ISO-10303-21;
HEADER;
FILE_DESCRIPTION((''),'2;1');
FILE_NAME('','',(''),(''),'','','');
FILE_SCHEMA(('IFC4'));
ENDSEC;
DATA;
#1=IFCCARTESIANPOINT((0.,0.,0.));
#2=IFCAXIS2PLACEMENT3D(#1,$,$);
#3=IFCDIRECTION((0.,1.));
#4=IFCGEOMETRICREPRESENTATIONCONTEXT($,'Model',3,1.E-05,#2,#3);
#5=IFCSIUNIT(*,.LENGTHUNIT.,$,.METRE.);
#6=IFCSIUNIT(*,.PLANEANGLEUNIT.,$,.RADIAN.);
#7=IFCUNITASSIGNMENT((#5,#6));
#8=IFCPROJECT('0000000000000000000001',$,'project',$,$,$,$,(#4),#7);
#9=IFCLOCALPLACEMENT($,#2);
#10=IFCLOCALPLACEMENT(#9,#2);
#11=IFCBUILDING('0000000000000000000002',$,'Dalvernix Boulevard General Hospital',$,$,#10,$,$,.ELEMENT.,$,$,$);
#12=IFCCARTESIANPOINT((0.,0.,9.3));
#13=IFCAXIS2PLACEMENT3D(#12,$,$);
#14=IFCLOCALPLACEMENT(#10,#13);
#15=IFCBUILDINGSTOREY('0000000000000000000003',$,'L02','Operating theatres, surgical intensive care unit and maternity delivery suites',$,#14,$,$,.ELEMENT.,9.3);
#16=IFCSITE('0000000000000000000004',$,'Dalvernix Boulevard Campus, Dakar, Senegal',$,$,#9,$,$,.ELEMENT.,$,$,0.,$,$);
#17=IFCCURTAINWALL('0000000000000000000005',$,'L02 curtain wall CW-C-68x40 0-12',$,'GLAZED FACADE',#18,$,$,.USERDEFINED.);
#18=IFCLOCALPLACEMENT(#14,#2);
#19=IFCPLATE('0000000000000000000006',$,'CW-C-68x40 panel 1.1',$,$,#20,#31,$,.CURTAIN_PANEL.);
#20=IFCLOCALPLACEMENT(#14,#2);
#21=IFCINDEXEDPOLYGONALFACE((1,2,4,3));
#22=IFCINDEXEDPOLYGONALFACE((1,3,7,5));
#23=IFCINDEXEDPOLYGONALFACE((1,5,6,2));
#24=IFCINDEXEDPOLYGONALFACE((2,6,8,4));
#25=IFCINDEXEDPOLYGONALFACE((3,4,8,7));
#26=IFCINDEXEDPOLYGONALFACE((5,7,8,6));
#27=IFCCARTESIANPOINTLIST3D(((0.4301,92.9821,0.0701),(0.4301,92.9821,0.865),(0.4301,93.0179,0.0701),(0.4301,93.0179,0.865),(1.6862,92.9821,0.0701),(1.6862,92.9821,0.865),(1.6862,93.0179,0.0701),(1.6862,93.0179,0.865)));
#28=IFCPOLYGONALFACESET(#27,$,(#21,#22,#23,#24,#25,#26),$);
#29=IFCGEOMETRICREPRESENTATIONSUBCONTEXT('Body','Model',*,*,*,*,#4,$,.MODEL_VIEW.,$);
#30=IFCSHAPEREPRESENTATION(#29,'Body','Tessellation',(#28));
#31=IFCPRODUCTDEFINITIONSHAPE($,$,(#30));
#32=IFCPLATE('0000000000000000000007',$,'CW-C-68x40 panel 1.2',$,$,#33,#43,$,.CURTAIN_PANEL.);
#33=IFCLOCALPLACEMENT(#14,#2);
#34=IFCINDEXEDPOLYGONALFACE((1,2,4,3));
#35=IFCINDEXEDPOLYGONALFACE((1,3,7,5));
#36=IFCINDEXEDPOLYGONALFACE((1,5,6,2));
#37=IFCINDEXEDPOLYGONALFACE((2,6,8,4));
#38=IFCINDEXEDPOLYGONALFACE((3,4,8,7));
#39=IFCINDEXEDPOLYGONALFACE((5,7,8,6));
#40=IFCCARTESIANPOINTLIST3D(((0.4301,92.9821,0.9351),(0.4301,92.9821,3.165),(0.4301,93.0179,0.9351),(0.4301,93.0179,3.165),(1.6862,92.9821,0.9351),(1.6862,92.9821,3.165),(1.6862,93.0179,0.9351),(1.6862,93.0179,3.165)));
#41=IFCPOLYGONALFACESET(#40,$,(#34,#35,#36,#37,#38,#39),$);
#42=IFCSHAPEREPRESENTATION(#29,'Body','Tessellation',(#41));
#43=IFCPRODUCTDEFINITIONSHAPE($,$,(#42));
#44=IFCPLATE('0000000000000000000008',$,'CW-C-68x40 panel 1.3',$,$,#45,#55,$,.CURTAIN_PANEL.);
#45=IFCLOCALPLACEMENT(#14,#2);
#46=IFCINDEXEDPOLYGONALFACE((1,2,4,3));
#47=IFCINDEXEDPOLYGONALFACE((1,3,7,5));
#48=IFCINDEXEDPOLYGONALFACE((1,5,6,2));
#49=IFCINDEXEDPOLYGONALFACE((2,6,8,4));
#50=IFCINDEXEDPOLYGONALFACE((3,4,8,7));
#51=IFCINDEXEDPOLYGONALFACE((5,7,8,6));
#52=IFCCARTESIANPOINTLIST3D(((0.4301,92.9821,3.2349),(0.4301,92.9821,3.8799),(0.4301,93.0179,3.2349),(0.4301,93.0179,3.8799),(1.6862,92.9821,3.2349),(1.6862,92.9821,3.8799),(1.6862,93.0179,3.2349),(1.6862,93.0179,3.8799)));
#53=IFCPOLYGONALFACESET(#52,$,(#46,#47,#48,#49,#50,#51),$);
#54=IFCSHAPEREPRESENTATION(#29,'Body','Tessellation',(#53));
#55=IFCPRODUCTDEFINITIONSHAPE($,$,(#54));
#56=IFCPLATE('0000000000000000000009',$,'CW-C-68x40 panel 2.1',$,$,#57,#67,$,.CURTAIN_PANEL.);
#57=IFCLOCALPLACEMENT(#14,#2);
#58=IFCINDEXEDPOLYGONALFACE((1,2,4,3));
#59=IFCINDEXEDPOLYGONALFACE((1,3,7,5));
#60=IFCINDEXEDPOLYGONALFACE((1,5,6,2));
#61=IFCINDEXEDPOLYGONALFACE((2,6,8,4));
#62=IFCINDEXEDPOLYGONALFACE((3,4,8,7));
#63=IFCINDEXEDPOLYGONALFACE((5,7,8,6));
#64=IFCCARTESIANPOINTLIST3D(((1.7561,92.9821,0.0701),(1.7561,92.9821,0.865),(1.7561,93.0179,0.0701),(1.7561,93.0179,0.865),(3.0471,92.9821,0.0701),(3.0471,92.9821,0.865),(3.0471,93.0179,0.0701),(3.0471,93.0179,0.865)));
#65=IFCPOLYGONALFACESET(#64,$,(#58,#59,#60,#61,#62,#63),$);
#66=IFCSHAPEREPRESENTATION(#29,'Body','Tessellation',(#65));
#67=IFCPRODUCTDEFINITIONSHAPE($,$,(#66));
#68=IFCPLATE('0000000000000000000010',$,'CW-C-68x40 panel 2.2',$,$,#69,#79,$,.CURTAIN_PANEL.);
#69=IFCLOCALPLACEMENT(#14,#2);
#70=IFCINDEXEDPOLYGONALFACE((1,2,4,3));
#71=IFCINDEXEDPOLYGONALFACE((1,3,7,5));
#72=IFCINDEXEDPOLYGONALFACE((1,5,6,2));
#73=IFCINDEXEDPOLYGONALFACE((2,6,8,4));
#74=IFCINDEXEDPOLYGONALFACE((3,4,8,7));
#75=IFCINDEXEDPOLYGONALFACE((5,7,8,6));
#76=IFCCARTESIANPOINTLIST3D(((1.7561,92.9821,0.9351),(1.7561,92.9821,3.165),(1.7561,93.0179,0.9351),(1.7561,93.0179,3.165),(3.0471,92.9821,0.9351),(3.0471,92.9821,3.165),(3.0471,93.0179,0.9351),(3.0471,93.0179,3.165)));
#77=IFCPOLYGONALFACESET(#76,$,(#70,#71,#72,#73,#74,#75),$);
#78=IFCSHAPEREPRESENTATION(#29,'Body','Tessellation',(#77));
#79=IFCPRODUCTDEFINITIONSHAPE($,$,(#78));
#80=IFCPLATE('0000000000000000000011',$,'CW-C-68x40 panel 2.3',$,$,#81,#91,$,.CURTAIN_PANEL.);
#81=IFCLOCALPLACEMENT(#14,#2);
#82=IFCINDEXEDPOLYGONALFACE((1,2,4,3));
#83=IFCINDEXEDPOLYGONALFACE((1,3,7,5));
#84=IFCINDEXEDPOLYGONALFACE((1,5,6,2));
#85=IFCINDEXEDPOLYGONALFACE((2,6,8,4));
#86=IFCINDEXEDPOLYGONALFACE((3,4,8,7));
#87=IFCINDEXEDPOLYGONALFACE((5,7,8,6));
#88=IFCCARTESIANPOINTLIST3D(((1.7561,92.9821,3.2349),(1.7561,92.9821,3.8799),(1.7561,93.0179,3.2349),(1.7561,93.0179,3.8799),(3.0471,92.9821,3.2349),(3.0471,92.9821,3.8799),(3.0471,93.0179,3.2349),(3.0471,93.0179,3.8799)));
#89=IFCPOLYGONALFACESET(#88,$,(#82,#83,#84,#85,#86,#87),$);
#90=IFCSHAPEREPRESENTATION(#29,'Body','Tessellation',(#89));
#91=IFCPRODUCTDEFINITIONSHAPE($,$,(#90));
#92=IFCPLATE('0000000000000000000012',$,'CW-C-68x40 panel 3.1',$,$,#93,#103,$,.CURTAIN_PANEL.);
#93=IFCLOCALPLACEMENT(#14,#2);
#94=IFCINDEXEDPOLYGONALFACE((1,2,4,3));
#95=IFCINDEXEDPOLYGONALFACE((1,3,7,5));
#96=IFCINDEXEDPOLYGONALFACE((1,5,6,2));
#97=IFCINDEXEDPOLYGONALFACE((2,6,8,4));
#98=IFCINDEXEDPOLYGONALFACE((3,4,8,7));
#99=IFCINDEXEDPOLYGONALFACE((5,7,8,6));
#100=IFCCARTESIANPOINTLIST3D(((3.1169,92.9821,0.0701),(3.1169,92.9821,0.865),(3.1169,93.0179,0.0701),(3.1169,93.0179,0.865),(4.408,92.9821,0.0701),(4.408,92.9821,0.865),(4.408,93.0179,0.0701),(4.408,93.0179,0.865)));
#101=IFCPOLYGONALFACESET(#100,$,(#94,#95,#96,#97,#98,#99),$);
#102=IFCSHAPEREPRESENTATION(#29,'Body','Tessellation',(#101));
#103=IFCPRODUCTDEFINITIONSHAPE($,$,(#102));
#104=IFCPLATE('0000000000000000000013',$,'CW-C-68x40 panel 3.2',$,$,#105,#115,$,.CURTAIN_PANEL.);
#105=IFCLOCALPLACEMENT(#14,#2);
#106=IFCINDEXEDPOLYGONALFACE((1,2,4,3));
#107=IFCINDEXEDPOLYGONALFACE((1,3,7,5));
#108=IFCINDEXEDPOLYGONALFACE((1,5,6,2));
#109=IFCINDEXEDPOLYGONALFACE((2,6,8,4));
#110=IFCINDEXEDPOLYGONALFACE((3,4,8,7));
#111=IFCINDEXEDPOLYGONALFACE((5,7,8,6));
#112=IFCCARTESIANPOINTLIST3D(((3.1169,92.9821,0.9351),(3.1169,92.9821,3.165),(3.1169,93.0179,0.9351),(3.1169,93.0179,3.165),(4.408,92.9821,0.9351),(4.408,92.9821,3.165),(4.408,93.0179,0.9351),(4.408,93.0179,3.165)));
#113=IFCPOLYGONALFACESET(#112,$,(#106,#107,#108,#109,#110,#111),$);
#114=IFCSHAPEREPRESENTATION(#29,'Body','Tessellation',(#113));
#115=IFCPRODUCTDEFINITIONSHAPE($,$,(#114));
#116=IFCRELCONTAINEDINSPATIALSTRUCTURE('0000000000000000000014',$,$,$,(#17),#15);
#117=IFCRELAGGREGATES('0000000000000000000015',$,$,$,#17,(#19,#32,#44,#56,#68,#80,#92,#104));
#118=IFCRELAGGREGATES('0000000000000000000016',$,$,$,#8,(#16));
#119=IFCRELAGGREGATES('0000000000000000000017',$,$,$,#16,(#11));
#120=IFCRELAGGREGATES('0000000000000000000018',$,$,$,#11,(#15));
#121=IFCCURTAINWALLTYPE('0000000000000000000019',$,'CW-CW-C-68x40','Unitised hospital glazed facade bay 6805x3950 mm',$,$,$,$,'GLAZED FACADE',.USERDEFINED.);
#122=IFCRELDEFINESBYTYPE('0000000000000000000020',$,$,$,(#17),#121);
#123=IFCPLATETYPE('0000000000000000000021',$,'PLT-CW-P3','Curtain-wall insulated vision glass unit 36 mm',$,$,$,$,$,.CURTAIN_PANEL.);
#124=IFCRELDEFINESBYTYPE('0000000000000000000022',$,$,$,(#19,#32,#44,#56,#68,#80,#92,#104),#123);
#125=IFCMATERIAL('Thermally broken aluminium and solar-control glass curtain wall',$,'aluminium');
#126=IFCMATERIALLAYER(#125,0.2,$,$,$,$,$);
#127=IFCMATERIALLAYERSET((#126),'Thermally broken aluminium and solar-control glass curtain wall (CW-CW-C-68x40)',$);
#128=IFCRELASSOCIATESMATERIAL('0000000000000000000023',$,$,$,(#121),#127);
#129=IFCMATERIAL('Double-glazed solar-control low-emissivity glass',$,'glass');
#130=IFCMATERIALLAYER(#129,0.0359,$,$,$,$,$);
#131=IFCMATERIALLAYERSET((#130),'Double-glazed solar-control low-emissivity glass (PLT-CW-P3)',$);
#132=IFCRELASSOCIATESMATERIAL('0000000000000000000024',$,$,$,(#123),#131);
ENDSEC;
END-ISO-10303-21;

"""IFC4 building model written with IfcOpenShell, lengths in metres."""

from ifc_helpers import new_model, si_unit, direction, frame, origin, origin_2d, place, context, subcontext, project, spatial, rectangle, extrude, material, layer, layer_set, type_object, element, aggregate, save


model = new_model("IFC4")

# Units and contexts
model_context = context("Model", 3, precision=1e-05, world=origin(), true_north=direction((0.0, 1.0)))
body_context = subcontext(model_context, "Body", "Model", "MODEL_VIEW")
ifc_project = project(units=[si_unit("LENGTHUNIT", "METRE"), si_unit("PLANEANGLEUNIT", "RADIAN")], contexts=[model_context])

# Site, building, storey
site_placement = place(None, origin())
site = spatial("IfcSite", under=ifc_project, at=site_placement, Name="Dalvernix Boulevard Campus, Dakar, Senegal", CompositionType="ELEMENT", RefElevation=0.0)
building_placement = place(site_placement, origin())
building = spatial("IfcBuilding", under=site, at=building_placement, Name="Dalvernix Boulevard General Hospital", CompositionType="ELEMENT")
storey_placement = place(building_placement, frame((0.0, 0.0, 9.3)))
storey = spatial("IfcBuildingStorey", under=building, at=storey_placement, Name="L02", Description="Operating theatres, surgical intensive care unit and maternity delivery suites", CompositionType="ELEMENT", Elevation=9.3)

# Curtain wall, plates
ifc_material_1 = material(Name="Thermally broken aluminium and solar-control glass curtain wall", Category="aluminium")
ifc_layer_1 = layer(ifc_material_1, 0.2)
ifc_layer_set_1 = layer_set([ifc_layer_1], Name="Thermally broken aluminium and solar-control glass curtain wall (CW-CW-C-68x40)")
curtain_wall_type = type_object("IfcCurtainWallType", Name="CW-CW-C-68x40", Description="Unitised hospital glazed facade bay 6805x3950 mm", ElementType="GLAZED FACADE", PredefinedType="USERDEFINED", material=ifc_layer_set_1)
curtain_wall_placement = place(storey_placement, origin())
curtain_wall = element("IfcCurtainWall", 1, at=curtain_wall_placement, inside=storey, type_object=curtain_wall_type, Name="L02 curtain wall CW-C-68x40 0-12", ObjectType="GLAZED FACADE", PredefinedType="USERDEFINED")
ifc_material_2 = material(Name="Double-glazed solar-control low-emissivity glass", Category="glass")
ifc_layer_2 = layer(ifc_material_2, 0.0359)
ifc_layer_set_2 = layer_set([ifc_layer_2], Name="Double-glazed solar-control low-emissivity glass (PLT-CW-P3)")
plate_type = type_object("IfcPlateType", Name="PLT-CW-P3", Description="Curtain-wall insulated vision glass unit 36 mm", PredefinedType="CURTAIN_PANEL", material=ifc_layer_set_2)
plate_1_placement = place(storey_placement, frame((1.0581, 93.0, 0.0701), z_axis=(0.0, 0.0, 1.0), x_axis=(1.0, 0.0, 0.0)))
plate_1 = element("IfcPlate", 2, at=plate_1_placement, type_object=plate_type, Name="CW-C-68x40 panel 1.1", PredefinedType="CURTAIN_PANEL", context=body_context, shape_type="SweptSolid", body=[
    extrude(rectangle(XDim=1.2561, YDim=0.0359, at=origin_2d()), origin(), (0.0, 0.0, 1.0), 0.7949),
])
plate_2_placement = place(storey_placement, frame((1.0581, 93.0, 0.9351), z_axis=(0.0, 0.0, 1.0), x_axis=(1.0, 0.0, 0.0)))
plate_2 = element("IfcPlate", 3, at=plate_2_placement, type_object=plate_type, Name="CW-C-68x40 panel 1.2", PredefinedType="CURTAIN_PANEL", context=body_context, shape_type="SweptSolid", body=[
    extrude(rectangle(XDim=1.2561, YDim=0.0359, at=origin_2d()), origin(), (0.0, 0.0, 1.0), 2.23),
])
plate_3_placement = place(storey_placement, frame((1.0581, 93.0, 3.2349), z_axis=(0.0, 0.0, 1.0), x_axis=(1.0, 0.0, 0.0)))
plate_3 = element("IfcPlate", 4, at=plate_3_placement, type_object=plate_type, Name="CW-C-68x40 panel 1.3", PredefinedType="CURTAIN_PANEL", context=body_context, shape_type="SweptSolid", body=[
    extrude(rectangle(XDim=1.2561, YDim=0.0359, at=origin_2d()), origin(), (0.0, 0.0, 1.0), 0.645),
])
plate_4_placement = place(storey_placement, frame((2.4016, 93.0, 0.0701), z_axis=(0.0, 0.0, 1.0), x_axis=(1.0, 0.0, 0.0)))
plate_4 = element("IfcPlate", 5, at=plate_4_placement, type_object=plate_type, Name="CW-C-68x40 panel 2.1", PredefinedType="CURTAIN_PANEL", context=body_context, shape_type="SweptSolid", body=[
    extrude(rectangle(XDim=1.291, YDim=0.0359, at=origin_2d()), origin(), (0.0, 0.0, 1.0), 0.7949),
])
plate_5_placement = place(storey_placement, frame((2.4016, 93.0, 0.9351), z_axis=(0.0, 0.0, 1.0), x_axis=(1.0, 0.0, 0.0)))
plate_5 = element("IfcPlate", 6, at=plate_5_placement, type_object=plate_type, Name="CW-C-68x40 panel 2.2", PredefinedType="CURTAIN_PANEL", context=body_context, shape_type="SweptSolid", body=[
    extrude(rectangle(XDim=1.291, YDim=0.0359, at=origin_2d()), origin(), (0.0, 0.0, 1.0), 2.23),
])
plate_6_placement = place(storey_placement, frame((2.4016, 93.0, 3.2349), z_axis=(0.0, 0.0, 1.0), x_axis=(1.0, 0.0, 0.0)))
plate_6 = element("IfcPlate", 7, at=plate_6_placement, type_object=plate_type, Name="CW-C-68x40 panel 2.3", PredefinedType="CURTAIN_PANEL", context=body_context, shape_type="SweptSolid", body=[
    extrude(rectangle(XDim=1.291, YDim=0.0359, at=origin_2d()), origin(), (0.0, 0.0, 1.0), 0.645),
])
plate_7_placement = place(storey_placement, frame((3.7625, 93.0, 0.0701), z_axis=(0.0, 0.0, 1.0), x_axis=(1.0, 0.0, 0.0)))
plate_7 = element("IfcPlate", 8, at=plate_7_placement, type_object=plate_type, Name="CW-C-68x40 panel 3.1", PredefinedType="CURTAIN_PANEL", context=body_context, shape_type="SweptSolid", body=[
    extrude(rectangle(XDim=1.291, YDim=0.0359, at=origin_2d()), origin(), (0.0, 0.0, 1.0), 0.7949),
])
plate_8_placement = place(storey_placement, frame((3.7625, 93.0, 0.9351), z_axis=(0.0, 0.0, 1.0), x_axis=(1.0, 0.0, 0.0)))
plate_8 = element("IfcPlate", 9, at=plate_8_placement, type_object=plate_type, Name="CW-C-68x40 panel 3.2", PredefinedType="CURTAIN_PANEL", context=body_context, shape_type="SweptSolid", body=[
    extrude(rectangle(XDim=1.291, YDim=0.0359, at=origin_2d()), origin(), (0.0, 0.0, 1.0), 2.23),
])
aggregate(curtain_wall, [plate_1, plate_2, plate_3, plate_4, plate_5, plate_6, plate_7, plate_8])

save(model, "model.ifc")
